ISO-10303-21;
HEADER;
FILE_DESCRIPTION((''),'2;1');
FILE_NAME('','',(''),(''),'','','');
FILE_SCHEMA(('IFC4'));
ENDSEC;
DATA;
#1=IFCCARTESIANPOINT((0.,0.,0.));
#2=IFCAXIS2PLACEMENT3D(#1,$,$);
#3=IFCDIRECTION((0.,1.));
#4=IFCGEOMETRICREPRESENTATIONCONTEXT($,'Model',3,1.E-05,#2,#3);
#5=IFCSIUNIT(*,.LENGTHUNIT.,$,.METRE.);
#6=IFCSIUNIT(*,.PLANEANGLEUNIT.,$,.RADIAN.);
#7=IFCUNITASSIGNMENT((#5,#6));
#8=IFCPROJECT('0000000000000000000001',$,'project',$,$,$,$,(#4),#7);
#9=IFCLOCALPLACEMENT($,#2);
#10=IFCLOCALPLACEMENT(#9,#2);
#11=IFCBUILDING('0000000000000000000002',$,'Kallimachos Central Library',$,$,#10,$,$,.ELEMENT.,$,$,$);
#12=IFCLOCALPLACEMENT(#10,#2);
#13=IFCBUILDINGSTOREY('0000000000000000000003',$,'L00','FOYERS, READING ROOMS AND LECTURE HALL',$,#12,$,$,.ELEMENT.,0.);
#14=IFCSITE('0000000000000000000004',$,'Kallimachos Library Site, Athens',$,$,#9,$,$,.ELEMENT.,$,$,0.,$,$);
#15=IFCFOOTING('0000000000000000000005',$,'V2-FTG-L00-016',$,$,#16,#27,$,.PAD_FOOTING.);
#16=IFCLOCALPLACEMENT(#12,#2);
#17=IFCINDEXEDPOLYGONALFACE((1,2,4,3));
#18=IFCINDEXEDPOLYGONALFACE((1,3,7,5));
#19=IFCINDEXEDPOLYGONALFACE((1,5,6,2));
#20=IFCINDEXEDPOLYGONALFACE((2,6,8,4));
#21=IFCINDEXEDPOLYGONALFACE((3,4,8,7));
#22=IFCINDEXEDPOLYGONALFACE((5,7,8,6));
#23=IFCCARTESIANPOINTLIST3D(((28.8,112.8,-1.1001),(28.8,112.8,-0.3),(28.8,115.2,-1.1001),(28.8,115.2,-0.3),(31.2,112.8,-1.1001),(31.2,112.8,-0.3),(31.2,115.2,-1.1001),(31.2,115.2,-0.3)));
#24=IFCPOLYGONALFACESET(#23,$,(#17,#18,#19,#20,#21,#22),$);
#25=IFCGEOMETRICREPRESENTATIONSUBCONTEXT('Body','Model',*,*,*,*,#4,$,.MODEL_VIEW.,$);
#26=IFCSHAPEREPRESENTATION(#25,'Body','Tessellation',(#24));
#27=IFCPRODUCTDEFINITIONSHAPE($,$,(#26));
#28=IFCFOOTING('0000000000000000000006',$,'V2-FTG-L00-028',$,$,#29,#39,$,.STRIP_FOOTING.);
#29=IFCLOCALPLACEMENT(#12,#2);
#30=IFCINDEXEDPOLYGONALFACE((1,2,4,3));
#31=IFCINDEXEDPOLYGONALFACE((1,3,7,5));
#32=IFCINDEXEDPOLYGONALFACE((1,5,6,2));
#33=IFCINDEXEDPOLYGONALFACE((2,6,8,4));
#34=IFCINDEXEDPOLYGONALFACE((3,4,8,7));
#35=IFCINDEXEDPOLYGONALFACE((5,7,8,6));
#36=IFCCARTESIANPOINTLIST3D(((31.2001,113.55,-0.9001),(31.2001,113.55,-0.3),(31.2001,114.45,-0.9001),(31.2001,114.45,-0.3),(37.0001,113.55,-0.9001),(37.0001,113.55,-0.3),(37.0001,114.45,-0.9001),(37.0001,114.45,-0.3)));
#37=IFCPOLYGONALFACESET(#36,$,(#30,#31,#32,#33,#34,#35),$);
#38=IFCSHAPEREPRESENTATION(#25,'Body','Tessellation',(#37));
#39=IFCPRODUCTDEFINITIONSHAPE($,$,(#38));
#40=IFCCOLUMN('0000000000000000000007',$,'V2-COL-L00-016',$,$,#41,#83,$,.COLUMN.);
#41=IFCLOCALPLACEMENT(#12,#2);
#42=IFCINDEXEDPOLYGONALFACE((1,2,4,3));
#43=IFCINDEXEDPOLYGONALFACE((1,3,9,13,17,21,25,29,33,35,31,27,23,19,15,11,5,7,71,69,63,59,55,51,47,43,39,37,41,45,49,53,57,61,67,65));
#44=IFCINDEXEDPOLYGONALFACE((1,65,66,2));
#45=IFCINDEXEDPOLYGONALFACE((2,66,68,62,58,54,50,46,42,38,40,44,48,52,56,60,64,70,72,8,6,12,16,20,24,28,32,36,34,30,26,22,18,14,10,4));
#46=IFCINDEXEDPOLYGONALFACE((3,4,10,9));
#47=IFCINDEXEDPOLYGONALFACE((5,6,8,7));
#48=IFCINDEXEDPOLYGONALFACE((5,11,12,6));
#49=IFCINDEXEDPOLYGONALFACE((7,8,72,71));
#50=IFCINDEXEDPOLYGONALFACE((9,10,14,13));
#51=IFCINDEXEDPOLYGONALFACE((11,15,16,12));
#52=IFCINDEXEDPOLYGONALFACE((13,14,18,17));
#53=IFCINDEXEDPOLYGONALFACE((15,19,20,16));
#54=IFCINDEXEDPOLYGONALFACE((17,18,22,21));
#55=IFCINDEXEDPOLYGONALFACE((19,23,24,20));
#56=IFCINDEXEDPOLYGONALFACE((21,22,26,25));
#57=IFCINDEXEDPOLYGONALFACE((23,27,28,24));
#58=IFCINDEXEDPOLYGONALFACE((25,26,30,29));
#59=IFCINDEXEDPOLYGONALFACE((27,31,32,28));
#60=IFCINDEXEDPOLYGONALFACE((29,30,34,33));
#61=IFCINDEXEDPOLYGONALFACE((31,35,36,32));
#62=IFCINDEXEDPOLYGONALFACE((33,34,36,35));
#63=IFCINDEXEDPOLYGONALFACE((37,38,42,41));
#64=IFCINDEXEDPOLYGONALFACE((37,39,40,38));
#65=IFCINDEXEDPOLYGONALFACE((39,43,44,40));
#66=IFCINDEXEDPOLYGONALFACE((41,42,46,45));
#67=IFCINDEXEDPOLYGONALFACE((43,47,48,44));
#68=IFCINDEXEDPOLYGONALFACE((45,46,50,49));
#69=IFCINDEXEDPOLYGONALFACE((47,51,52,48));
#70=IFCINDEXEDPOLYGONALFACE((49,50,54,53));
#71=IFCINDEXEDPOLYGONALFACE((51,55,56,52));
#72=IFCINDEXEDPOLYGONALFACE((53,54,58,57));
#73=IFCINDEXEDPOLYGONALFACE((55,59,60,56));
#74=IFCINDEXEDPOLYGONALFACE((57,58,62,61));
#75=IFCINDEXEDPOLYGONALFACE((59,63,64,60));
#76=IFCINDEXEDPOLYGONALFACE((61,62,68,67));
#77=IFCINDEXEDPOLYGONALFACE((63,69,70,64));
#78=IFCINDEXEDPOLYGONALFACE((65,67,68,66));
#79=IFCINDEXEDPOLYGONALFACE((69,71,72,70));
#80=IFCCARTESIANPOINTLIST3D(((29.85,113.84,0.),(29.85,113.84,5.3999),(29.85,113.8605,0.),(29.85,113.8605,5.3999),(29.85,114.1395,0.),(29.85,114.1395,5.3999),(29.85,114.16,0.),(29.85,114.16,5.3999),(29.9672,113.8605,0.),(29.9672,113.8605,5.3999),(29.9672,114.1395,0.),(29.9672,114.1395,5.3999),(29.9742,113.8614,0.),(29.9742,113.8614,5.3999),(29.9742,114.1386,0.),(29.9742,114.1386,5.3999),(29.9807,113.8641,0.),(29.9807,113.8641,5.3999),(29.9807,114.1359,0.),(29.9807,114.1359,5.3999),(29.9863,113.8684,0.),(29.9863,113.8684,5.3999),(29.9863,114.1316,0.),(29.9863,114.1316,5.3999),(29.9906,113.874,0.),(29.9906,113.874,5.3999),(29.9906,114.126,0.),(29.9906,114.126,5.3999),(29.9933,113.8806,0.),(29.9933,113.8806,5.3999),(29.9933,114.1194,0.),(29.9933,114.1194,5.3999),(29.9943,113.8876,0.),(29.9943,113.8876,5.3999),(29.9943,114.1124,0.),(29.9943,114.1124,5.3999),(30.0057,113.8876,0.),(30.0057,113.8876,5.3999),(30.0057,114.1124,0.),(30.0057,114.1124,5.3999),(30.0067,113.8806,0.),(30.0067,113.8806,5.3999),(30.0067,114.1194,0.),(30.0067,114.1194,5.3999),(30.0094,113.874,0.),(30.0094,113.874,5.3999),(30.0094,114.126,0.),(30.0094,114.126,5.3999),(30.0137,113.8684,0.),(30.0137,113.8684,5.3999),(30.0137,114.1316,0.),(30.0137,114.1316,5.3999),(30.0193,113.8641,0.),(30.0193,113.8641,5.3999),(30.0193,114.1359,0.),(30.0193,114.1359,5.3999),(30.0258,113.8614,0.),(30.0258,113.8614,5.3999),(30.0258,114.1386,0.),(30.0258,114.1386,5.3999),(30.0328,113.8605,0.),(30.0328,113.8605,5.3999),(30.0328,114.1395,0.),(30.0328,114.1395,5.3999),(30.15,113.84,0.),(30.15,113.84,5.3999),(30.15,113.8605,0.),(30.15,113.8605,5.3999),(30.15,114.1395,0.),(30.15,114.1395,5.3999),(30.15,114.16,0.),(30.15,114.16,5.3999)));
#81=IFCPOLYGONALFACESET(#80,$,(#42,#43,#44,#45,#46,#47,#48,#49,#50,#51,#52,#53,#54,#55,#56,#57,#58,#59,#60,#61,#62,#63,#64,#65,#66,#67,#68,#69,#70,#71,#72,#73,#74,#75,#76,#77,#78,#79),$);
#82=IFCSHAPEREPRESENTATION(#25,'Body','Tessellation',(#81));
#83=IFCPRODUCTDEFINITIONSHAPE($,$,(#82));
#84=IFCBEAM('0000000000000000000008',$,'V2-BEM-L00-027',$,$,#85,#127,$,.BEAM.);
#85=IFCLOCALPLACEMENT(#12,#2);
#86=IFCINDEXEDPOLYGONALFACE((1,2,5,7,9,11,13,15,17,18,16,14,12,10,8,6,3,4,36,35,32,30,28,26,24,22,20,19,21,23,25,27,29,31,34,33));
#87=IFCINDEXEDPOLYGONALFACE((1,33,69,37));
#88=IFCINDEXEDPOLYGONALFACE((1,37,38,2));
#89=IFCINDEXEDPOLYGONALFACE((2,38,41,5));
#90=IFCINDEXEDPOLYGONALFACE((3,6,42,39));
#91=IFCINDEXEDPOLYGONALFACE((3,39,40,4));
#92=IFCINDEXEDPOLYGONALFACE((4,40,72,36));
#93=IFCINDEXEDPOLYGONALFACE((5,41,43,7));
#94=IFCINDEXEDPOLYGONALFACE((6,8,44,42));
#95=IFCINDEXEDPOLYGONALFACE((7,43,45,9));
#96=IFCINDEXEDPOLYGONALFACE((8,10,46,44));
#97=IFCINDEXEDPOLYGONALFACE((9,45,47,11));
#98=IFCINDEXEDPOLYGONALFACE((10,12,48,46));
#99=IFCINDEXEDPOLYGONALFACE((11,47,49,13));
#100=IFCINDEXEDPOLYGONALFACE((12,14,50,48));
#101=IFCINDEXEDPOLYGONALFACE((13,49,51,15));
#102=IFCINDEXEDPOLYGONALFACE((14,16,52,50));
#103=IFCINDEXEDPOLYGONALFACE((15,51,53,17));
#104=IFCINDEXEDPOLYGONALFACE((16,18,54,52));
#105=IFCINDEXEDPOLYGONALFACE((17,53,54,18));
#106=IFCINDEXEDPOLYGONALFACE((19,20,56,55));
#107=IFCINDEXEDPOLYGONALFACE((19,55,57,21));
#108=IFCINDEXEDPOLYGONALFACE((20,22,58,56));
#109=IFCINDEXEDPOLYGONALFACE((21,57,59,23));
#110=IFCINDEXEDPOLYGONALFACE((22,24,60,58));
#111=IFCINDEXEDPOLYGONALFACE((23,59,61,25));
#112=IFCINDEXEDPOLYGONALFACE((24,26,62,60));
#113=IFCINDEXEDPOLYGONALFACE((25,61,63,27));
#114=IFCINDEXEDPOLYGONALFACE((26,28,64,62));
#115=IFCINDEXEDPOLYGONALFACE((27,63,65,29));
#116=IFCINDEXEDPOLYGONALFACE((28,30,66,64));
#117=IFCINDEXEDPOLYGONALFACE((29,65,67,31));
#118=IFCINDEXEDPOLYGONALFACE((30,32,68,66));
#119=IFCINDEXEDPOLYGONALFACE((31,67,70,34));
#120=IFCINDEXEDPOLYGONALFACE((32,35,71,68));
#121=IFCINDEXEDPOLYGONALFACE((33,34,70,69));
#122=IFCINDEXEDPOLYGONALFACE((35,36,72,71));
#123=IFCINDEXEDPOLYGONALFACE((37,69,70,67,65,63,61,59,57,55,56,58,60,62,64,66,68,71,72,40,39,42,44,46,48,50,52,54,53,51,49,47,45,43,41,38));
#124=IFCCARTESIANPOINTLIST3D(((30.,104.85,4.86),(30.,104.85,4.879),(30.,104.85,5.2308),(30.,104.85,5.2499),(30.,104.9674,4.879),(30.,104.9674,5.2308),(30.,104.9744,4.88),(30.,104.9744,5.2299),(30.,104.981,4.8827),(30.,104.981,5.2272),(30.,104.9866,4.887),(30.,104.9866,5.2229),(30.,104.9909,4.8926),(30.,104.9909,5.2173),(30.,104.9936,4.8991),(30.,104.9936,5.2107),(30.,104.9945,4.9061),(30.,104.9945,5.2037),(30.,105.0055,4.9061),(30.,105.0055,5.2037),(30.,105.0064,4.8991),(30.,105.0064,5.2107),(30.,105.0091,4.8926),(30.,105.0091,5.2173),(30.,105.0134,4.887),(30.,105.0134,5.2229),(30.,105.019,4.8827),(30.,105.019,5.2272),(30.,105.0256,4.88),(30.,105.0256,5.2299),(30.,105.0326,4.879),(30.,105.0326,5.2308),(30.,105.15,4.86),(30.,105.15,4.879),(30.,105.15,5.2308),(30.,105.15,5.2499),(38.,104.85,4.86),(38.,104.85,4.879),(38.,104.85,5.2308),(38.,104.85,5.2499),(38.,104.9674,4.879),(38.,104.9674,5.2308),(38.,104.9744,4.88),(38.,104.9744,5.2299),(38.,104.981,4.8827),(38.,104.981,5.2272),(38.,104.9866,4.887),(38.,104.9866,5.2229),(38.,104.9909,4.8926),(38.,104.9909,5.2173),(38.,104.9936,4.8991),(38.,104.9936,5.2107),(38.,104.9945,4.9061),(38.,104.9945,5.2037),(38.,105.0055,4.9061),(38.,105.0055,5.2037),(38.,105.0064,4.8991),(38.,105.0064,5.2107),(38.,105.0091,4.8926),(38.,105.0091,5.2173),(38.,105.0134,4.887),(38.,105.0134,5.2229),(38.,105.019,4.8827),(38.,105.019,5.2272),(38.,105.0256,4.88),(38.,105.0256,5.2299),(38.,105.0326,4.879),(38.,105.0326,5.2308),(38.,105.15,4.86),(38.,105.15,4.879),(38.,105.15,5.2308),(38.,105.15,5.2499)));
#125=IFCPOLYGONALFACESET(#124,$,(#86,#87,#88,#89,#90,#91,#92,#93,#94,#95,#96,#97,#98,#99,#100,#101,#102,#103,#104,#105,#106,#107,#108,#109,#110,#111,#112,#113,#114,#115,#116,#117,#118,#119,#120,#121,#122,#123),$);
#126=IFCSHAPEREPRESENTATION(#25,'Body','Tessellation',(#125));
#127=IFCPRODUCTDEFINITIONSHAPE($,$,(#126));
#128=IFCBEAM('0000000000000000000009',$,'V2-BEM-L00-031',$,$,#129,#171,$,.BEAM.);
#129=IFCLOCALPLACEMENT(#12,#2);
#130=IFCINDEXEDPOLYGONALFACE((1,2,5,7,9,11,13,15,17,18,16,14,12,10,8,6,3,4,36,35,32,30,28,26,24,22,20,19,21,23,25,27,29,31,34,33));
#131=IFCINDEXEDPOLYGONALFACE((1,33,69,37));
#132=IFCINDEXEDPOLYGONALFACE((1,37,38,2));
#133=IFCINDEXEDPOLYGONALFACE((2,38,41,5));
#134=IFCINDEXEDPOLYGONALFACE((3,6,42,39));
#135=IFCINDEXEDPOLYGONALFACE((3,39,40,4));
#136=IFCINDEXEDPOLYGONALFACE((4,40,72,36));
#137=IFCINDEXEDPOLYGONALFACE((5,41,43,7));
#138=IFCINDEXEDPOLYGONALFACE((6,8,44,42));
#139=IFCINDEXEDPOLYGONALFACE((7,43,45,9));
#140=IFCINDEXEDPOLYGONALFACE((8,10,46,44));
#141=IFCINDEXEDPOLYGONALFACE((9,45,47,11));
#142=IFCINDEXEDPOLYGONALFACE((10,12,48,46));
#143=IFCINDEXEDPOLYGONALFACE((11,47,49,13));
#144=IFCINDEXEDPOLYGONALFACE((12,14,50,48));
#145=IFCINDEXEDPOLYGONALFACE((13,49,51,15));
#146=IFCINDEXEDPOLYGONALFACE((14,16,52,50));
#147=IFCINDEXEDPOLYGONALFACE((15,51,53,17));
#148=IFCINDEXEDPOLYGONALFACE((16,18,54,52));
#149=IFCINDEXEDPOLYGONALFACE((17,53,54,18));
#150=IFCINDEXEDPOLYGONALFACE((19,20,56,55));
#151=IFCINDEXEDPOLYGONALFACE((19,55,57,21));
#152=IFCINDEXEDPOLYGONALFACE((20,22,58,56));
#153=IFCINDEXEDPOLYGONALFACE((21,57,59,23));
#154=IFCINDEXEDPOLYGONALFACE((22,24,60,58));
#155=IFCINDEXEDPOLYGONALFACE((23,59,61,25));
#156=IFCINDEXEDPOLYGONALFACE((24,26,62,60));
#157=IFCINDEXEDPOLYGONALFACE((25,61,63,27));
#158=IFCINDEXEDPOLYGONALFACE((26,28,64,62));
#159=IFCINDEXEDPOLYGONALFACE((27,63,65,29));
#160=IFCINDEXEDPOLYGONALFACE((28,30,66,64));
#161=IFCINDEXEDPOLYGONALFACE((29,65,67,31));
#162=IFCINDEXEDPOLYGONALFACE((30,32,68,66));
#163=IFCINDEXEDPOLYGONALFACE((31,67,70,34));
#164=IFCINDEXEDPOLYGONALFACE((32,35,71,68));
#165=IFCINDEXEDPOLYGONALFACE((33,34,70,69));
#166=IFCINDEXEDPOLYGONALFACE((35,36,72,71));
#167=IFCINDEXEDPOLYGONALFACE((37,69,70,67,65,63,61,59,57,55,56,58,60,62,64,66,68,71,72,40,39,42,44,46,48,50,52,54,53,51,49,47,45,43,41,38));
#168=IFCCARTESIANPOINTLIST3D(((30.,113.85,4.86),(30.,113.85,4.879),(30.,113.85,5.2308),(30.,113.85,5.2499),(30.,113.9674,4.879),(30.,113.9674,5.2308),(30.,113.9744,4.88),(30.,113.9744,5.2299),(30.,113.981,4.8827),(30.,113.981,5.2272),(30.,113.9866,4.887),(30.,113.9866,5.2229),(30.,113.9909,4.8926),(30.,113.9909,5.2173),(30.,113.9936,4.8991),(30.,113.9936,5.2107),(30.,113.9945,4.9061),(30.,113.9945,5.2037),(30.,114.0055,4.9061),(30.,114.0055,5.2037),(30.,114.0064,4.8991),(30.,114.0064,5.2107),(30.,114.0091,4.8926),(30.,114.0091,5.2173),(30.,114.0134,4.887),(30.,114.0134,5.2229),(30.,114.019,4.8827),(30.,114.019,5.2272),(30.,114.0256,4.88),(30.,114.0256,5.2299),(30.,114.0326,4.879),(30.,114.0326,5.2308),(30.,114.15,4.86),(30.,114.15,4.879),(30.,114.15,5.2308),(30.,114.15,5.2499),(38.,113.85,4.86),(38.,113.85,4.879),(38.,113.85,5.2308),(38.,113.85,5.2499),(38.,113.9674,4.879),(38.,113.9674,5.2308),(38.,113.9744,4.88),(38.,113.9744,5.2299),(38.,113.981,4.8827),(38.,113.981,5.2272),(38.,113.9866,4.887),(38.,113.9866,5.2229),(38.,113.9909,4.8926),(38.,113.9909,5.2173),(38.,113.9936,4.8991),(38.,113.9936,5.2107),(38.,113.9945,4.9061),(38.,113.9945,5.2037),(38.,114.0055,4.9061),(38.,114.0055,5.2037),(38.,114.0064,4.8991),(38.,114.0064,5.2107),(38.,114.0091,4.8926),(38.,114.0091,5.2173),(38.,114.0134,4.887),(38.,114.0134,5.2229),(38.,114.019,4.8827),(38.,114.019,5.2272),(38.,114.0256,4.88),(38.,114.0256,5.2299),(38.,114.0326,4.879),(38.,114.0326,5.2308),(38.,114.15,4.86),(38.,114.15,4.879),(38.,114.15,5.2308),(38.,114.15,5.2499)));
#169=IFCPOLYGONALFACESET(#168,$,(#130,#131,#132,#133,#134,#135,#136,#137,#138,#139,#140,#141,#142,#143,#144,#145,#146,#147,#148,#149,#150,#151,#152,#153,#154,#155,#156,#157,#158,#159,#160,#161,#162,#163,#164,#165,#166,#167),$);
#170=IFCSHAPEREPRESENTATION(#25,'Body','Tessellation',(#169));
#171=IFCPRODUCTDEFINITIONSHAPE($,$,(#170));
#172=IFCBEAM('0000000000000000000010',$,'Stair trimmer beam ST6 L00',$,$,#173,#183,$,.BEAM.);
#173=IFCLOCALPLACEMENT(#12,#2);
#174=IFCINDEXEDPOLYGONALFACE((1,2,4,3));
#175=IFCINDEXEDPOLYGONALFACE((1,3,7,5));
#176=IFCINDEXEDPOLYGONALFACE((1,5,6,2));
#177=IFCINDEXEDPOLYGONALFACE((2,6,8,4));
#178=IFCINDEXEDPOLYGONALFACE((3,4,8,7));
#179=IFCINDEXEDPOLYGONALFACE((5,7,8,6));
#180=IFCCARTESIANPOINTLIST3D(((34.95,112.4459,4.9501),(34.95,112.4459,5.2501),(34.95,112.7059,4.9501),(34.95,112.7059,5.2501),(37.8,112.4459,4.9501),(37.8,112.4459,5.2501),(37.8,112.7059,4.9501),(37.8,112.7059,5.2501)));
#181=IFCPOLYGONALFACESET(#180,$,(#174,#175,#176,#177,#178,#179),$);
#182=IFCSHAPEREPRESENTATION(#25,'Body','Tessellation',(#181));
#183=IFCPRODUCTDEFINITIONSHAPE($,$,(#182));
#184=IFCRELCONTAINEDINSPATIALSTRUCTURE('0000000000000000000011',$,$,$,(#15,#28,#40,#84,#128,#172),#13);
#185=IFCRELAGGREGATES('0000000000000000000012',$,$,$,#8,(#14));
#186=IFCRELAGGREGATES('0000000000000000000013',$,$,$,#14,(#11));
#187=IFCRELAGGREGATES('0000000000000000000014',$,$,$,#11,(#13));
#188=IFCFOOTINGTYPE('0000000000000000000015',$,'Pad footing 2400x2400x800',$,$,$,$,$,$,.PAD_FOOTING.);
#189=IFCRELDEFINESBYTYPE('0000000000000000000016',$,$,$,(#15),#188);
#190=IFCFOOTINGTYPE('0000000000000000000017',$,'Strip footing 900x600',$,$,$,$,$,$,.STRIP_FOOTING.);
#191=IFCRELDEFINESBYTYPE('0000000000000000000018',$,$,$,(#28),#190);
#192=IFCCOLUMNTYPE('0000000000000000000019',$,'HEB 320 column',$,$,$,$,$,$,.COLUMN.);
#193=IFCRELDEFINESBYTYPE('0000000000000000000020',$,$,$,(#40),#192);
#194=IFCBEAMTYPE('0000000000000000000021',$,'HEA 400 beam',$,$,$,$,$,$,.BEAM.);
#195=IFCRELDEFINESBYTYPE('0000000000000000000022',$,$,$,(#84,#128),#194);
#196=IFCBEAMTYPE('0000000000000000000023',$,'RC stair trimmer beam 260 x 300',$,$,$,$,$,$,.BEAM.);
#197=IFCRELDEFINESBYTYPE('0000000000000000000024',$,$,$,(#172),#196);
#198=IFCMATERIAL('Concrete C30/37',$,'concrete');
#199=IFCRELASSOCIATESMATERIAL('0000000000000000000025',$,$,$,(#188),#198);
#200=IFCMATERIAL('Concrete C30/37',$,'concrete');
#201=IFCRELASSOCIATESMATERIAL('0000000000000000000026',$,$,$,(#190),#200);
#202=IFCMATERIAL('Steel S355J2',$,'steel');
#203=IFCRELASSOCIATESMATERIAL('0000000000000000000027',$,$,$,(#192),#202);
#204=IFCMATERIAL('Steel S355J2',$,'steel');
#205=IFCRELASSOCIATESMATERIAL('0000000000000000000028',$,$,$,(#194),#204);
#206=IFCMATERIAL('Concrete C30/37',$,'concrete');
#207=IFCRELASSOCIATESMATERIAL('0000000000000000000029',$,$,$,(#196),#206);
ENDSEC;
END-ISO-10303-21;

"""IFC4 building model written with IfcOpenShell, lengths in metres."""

from ifc_helpers import new_model, si_unit, direction, frame, origin, origin_2d, place, context, subcontext, project, spatial, rectangle, i_section, extrude, material, material_profile, profile_set, type_object, element, save


model = new_model("IFC4")

# Units and contexts
model_context = context("Model", 3, precision=1e-05, world=origin(), true_north=direction((0.0, 1.0)))
body_context = subcontext(model_context, "Body", "Model", "MODEL_VIEW")
ifc_project = project(units=[si_unit("LENGTHUNIT", "METRE"), si_unit("PLANEANGLEUNIT", "RADIAN")], contexts=[model_context])

# Site, building, storey
site_placement = place(None, origin())
site = spatial("IfcSite", under=ifc_project, at=site_placement, Name="Kallimachos Library Site, Athens", CompositionType="ELEMENT", RefElevation=0.0)
building_placement = place(site_placement, origin())
building = spatial("IfcBuilding", under=site, at=building_placement, Name="Kallimachos Central Library", CompositionType="ELEMENT")
storey_placement = place(building_placement, origin())
storey = spatial("IfcBuildingStorey", under=building, at=storey_placement, Name="L00", Description="FOYERS, READING ROOMS AND LECTURE HALL", CompositionType="ELEMENT", Elevation=0.0)

# Footings
ifc_material_1 = material(Name="Concrete C30/37", Category="concrete")
footing_type_1 = type_object("IfcFootingType", Name="Pad footing 2400x2400x800", PredefinedType="PAD_FOOTING", material=ifc_material_1)
footing_1_placement = place(storey_placement, frame((30.0, 114.0, -1.1001), z_axis=(0.0, 0.0, 1.0), x_axis=(1.0, 0.0, 0.0)))
element("IfcFooting", 1, at=footing_1_placement, inside=storey, type_object=footing_type_1, Name="V2-FTG-L00-016", PredefinedType="PAD_FOOTING", context=body_context, shape_type="SweptSolid", body=[
    extrude(rectangle(XDim=2.3999, YDim=2.3999, at=origin_2d()), origin(), (0.0, 0.0, 1.0), 0.8),
])
ifc_material_2 = material(Name="Concrete C30/37", Category="concrete")
footing_type_2 = type_object("IfcFootingType", Name="Strip footing 900x600", PredefinedType="STRIP_FOOTING", material=ifc_material_2)
footing_2_placement = place(storey_placement, frame((34.1001, 114.0, -0.9001), z_axis=(0.0, 0.0, 1.0), x_axis=(1.0, 0.0, 0.0)))
element("IfcFooting", 2, at=footing_2_placement, inside=storey, type_object=footing_type_2, Name="V2-FTG-L00-028", PredefinedType="STRIP_FOOTING", context=body_context, shape_type="SweptSolid", body=[
    extrude(rectangle(XDim=5.8, YDim=0.8999, at=origin_2d()), origin(), (0.0, 0.0, 1.0), 0.6001),
])

# Column
ifc_material_3 = material(Name="Steel S355J2", Category="steel")
ifc_material_profile_1 = material_profile(ifc_material_3, i_section(OverallWidth=0.3, OverallDepth=0.3201, WebThickness=0.0115, FlangeThickness=0.0205, FilletRadius=0.0271, at=origin_2d()), Name="HEB 320")
ifc_profile_set_1 = profile_set([ifc_material_profile_1], Name="Steel S355J2")
column_type = type_object("IfcColumnType", Name="HEB 320 column", PredefinedType="COLUMN", material=ifc_profile_set_1)
column_placement = place(storey_placement, frame((30.0, 114.0, 0.0), z_axis=(0.0, 0.0, 1.0), x_axis=(1.0, 0.0, 0.0)))
element("IfcColumn", 3, at=column_placement, inside=storey, type_object=column_type, Name="V2-COL-L00-016", PredefinedType="COLUMN", context=body_context, shape_type="SweptSolid", body=[
    extrude(i_section(OverallWidth=0.3, OverallDepth=0.3201, WebThickness=0.0115, FlangeThickness=0.0205, FilletRadius=0.0271, at=origin_2d()), origin(), (0.0, 0.0, 1.0), 5.3999),
])

# Beams
ifc_material_4 = material(Name="Steel S355J2", Category="steel")
ifc_material_profile_2 = material_profile(ifc_material_4, i_section(OverallWidth=0.3, OverallDepth=0.3899, WebThickness=0.011, FlangeThickness=0.019, FilletRadius=0.0271, at=origin_2d()), Name="HEA 400")
ifc_profile_set_2 = profile_set([ifc_material_profile_2], Name="Steel S355J2")
beam_type_1 = type_object("IfcBeamType", Name="HEA 400 beam", PredefinedType="BEAM", material=ifc_profile_set_2)
for number, where, z_axis, x_axis, name in (
    (4, (30.0, 105.0, 5.0549), (1.0, 0.0, 0.0), (0.0, 1.0, 0.0), "V2-BEM-L00-027"),
    (5, (30.0, 114.0, 5.0549), (1.0, 0.0, 0.0), (0.0, 1.0, 0.0), "V2-BEM-L00-031"),
):
    element("IfcBeam", number, at=place(storey_placement, frame(where, z_axis=z_axis, x_axis=x_axis)), inside=storey, type_object=beam_type_1, Name=name, PredefinedType="BEAM", context=body_context, shape_type="SweptSolid", body=[
        extrude(i_section(OverallWidth=0.3, OverallDepth=0.3899, WebThickness=0.011, FlangeThickness=0.019, FilletRadius=0.0271, at=origin_2d()), origin(), (0.0, 0.0, 1.0), 8.0),
    ])
ifc_material_5 = material(Name="Concrete C30/37", Category="concrete")
ifc_material_profile_3 = material_profile(ifc_material_5, rectangle(XDim=0.26, YDim=0.3, at=origin_2d()), Name="RC stair trimmer beam 260 x 300")
ifc_profile_set_3 = profile_set([ifc_material_profile_3], Name="Concrete C30/37")
beam_type_2 = type_object("IfcBeamType", Name="RC stair trimmer beam 260 x 300", PredefinedType="BEAM", material=ifc_profile_set_3)
beam_placement = place(storey_placement, frame((34.95, 112.5759, 5.1001), z_axis=(1.0, 0.0, 0.0), x_axis=(0.0, 1.0, 0.0)))
element("IfcBeam", 6, at=beam_placement, inside=storey, type_object=beam_type_2, Name="Stair trimmer beam ST6 L00", PredefinedType="BEAM", context=body_context, shape_type="SweptSolid", body=[
    extrude(rectangle(XDim=0.26, YDim=0.3, at=origin_2d()), origin(), (0.0, 0.0, 1.0), 2.8501),
])

save(model, "model.ifc")
